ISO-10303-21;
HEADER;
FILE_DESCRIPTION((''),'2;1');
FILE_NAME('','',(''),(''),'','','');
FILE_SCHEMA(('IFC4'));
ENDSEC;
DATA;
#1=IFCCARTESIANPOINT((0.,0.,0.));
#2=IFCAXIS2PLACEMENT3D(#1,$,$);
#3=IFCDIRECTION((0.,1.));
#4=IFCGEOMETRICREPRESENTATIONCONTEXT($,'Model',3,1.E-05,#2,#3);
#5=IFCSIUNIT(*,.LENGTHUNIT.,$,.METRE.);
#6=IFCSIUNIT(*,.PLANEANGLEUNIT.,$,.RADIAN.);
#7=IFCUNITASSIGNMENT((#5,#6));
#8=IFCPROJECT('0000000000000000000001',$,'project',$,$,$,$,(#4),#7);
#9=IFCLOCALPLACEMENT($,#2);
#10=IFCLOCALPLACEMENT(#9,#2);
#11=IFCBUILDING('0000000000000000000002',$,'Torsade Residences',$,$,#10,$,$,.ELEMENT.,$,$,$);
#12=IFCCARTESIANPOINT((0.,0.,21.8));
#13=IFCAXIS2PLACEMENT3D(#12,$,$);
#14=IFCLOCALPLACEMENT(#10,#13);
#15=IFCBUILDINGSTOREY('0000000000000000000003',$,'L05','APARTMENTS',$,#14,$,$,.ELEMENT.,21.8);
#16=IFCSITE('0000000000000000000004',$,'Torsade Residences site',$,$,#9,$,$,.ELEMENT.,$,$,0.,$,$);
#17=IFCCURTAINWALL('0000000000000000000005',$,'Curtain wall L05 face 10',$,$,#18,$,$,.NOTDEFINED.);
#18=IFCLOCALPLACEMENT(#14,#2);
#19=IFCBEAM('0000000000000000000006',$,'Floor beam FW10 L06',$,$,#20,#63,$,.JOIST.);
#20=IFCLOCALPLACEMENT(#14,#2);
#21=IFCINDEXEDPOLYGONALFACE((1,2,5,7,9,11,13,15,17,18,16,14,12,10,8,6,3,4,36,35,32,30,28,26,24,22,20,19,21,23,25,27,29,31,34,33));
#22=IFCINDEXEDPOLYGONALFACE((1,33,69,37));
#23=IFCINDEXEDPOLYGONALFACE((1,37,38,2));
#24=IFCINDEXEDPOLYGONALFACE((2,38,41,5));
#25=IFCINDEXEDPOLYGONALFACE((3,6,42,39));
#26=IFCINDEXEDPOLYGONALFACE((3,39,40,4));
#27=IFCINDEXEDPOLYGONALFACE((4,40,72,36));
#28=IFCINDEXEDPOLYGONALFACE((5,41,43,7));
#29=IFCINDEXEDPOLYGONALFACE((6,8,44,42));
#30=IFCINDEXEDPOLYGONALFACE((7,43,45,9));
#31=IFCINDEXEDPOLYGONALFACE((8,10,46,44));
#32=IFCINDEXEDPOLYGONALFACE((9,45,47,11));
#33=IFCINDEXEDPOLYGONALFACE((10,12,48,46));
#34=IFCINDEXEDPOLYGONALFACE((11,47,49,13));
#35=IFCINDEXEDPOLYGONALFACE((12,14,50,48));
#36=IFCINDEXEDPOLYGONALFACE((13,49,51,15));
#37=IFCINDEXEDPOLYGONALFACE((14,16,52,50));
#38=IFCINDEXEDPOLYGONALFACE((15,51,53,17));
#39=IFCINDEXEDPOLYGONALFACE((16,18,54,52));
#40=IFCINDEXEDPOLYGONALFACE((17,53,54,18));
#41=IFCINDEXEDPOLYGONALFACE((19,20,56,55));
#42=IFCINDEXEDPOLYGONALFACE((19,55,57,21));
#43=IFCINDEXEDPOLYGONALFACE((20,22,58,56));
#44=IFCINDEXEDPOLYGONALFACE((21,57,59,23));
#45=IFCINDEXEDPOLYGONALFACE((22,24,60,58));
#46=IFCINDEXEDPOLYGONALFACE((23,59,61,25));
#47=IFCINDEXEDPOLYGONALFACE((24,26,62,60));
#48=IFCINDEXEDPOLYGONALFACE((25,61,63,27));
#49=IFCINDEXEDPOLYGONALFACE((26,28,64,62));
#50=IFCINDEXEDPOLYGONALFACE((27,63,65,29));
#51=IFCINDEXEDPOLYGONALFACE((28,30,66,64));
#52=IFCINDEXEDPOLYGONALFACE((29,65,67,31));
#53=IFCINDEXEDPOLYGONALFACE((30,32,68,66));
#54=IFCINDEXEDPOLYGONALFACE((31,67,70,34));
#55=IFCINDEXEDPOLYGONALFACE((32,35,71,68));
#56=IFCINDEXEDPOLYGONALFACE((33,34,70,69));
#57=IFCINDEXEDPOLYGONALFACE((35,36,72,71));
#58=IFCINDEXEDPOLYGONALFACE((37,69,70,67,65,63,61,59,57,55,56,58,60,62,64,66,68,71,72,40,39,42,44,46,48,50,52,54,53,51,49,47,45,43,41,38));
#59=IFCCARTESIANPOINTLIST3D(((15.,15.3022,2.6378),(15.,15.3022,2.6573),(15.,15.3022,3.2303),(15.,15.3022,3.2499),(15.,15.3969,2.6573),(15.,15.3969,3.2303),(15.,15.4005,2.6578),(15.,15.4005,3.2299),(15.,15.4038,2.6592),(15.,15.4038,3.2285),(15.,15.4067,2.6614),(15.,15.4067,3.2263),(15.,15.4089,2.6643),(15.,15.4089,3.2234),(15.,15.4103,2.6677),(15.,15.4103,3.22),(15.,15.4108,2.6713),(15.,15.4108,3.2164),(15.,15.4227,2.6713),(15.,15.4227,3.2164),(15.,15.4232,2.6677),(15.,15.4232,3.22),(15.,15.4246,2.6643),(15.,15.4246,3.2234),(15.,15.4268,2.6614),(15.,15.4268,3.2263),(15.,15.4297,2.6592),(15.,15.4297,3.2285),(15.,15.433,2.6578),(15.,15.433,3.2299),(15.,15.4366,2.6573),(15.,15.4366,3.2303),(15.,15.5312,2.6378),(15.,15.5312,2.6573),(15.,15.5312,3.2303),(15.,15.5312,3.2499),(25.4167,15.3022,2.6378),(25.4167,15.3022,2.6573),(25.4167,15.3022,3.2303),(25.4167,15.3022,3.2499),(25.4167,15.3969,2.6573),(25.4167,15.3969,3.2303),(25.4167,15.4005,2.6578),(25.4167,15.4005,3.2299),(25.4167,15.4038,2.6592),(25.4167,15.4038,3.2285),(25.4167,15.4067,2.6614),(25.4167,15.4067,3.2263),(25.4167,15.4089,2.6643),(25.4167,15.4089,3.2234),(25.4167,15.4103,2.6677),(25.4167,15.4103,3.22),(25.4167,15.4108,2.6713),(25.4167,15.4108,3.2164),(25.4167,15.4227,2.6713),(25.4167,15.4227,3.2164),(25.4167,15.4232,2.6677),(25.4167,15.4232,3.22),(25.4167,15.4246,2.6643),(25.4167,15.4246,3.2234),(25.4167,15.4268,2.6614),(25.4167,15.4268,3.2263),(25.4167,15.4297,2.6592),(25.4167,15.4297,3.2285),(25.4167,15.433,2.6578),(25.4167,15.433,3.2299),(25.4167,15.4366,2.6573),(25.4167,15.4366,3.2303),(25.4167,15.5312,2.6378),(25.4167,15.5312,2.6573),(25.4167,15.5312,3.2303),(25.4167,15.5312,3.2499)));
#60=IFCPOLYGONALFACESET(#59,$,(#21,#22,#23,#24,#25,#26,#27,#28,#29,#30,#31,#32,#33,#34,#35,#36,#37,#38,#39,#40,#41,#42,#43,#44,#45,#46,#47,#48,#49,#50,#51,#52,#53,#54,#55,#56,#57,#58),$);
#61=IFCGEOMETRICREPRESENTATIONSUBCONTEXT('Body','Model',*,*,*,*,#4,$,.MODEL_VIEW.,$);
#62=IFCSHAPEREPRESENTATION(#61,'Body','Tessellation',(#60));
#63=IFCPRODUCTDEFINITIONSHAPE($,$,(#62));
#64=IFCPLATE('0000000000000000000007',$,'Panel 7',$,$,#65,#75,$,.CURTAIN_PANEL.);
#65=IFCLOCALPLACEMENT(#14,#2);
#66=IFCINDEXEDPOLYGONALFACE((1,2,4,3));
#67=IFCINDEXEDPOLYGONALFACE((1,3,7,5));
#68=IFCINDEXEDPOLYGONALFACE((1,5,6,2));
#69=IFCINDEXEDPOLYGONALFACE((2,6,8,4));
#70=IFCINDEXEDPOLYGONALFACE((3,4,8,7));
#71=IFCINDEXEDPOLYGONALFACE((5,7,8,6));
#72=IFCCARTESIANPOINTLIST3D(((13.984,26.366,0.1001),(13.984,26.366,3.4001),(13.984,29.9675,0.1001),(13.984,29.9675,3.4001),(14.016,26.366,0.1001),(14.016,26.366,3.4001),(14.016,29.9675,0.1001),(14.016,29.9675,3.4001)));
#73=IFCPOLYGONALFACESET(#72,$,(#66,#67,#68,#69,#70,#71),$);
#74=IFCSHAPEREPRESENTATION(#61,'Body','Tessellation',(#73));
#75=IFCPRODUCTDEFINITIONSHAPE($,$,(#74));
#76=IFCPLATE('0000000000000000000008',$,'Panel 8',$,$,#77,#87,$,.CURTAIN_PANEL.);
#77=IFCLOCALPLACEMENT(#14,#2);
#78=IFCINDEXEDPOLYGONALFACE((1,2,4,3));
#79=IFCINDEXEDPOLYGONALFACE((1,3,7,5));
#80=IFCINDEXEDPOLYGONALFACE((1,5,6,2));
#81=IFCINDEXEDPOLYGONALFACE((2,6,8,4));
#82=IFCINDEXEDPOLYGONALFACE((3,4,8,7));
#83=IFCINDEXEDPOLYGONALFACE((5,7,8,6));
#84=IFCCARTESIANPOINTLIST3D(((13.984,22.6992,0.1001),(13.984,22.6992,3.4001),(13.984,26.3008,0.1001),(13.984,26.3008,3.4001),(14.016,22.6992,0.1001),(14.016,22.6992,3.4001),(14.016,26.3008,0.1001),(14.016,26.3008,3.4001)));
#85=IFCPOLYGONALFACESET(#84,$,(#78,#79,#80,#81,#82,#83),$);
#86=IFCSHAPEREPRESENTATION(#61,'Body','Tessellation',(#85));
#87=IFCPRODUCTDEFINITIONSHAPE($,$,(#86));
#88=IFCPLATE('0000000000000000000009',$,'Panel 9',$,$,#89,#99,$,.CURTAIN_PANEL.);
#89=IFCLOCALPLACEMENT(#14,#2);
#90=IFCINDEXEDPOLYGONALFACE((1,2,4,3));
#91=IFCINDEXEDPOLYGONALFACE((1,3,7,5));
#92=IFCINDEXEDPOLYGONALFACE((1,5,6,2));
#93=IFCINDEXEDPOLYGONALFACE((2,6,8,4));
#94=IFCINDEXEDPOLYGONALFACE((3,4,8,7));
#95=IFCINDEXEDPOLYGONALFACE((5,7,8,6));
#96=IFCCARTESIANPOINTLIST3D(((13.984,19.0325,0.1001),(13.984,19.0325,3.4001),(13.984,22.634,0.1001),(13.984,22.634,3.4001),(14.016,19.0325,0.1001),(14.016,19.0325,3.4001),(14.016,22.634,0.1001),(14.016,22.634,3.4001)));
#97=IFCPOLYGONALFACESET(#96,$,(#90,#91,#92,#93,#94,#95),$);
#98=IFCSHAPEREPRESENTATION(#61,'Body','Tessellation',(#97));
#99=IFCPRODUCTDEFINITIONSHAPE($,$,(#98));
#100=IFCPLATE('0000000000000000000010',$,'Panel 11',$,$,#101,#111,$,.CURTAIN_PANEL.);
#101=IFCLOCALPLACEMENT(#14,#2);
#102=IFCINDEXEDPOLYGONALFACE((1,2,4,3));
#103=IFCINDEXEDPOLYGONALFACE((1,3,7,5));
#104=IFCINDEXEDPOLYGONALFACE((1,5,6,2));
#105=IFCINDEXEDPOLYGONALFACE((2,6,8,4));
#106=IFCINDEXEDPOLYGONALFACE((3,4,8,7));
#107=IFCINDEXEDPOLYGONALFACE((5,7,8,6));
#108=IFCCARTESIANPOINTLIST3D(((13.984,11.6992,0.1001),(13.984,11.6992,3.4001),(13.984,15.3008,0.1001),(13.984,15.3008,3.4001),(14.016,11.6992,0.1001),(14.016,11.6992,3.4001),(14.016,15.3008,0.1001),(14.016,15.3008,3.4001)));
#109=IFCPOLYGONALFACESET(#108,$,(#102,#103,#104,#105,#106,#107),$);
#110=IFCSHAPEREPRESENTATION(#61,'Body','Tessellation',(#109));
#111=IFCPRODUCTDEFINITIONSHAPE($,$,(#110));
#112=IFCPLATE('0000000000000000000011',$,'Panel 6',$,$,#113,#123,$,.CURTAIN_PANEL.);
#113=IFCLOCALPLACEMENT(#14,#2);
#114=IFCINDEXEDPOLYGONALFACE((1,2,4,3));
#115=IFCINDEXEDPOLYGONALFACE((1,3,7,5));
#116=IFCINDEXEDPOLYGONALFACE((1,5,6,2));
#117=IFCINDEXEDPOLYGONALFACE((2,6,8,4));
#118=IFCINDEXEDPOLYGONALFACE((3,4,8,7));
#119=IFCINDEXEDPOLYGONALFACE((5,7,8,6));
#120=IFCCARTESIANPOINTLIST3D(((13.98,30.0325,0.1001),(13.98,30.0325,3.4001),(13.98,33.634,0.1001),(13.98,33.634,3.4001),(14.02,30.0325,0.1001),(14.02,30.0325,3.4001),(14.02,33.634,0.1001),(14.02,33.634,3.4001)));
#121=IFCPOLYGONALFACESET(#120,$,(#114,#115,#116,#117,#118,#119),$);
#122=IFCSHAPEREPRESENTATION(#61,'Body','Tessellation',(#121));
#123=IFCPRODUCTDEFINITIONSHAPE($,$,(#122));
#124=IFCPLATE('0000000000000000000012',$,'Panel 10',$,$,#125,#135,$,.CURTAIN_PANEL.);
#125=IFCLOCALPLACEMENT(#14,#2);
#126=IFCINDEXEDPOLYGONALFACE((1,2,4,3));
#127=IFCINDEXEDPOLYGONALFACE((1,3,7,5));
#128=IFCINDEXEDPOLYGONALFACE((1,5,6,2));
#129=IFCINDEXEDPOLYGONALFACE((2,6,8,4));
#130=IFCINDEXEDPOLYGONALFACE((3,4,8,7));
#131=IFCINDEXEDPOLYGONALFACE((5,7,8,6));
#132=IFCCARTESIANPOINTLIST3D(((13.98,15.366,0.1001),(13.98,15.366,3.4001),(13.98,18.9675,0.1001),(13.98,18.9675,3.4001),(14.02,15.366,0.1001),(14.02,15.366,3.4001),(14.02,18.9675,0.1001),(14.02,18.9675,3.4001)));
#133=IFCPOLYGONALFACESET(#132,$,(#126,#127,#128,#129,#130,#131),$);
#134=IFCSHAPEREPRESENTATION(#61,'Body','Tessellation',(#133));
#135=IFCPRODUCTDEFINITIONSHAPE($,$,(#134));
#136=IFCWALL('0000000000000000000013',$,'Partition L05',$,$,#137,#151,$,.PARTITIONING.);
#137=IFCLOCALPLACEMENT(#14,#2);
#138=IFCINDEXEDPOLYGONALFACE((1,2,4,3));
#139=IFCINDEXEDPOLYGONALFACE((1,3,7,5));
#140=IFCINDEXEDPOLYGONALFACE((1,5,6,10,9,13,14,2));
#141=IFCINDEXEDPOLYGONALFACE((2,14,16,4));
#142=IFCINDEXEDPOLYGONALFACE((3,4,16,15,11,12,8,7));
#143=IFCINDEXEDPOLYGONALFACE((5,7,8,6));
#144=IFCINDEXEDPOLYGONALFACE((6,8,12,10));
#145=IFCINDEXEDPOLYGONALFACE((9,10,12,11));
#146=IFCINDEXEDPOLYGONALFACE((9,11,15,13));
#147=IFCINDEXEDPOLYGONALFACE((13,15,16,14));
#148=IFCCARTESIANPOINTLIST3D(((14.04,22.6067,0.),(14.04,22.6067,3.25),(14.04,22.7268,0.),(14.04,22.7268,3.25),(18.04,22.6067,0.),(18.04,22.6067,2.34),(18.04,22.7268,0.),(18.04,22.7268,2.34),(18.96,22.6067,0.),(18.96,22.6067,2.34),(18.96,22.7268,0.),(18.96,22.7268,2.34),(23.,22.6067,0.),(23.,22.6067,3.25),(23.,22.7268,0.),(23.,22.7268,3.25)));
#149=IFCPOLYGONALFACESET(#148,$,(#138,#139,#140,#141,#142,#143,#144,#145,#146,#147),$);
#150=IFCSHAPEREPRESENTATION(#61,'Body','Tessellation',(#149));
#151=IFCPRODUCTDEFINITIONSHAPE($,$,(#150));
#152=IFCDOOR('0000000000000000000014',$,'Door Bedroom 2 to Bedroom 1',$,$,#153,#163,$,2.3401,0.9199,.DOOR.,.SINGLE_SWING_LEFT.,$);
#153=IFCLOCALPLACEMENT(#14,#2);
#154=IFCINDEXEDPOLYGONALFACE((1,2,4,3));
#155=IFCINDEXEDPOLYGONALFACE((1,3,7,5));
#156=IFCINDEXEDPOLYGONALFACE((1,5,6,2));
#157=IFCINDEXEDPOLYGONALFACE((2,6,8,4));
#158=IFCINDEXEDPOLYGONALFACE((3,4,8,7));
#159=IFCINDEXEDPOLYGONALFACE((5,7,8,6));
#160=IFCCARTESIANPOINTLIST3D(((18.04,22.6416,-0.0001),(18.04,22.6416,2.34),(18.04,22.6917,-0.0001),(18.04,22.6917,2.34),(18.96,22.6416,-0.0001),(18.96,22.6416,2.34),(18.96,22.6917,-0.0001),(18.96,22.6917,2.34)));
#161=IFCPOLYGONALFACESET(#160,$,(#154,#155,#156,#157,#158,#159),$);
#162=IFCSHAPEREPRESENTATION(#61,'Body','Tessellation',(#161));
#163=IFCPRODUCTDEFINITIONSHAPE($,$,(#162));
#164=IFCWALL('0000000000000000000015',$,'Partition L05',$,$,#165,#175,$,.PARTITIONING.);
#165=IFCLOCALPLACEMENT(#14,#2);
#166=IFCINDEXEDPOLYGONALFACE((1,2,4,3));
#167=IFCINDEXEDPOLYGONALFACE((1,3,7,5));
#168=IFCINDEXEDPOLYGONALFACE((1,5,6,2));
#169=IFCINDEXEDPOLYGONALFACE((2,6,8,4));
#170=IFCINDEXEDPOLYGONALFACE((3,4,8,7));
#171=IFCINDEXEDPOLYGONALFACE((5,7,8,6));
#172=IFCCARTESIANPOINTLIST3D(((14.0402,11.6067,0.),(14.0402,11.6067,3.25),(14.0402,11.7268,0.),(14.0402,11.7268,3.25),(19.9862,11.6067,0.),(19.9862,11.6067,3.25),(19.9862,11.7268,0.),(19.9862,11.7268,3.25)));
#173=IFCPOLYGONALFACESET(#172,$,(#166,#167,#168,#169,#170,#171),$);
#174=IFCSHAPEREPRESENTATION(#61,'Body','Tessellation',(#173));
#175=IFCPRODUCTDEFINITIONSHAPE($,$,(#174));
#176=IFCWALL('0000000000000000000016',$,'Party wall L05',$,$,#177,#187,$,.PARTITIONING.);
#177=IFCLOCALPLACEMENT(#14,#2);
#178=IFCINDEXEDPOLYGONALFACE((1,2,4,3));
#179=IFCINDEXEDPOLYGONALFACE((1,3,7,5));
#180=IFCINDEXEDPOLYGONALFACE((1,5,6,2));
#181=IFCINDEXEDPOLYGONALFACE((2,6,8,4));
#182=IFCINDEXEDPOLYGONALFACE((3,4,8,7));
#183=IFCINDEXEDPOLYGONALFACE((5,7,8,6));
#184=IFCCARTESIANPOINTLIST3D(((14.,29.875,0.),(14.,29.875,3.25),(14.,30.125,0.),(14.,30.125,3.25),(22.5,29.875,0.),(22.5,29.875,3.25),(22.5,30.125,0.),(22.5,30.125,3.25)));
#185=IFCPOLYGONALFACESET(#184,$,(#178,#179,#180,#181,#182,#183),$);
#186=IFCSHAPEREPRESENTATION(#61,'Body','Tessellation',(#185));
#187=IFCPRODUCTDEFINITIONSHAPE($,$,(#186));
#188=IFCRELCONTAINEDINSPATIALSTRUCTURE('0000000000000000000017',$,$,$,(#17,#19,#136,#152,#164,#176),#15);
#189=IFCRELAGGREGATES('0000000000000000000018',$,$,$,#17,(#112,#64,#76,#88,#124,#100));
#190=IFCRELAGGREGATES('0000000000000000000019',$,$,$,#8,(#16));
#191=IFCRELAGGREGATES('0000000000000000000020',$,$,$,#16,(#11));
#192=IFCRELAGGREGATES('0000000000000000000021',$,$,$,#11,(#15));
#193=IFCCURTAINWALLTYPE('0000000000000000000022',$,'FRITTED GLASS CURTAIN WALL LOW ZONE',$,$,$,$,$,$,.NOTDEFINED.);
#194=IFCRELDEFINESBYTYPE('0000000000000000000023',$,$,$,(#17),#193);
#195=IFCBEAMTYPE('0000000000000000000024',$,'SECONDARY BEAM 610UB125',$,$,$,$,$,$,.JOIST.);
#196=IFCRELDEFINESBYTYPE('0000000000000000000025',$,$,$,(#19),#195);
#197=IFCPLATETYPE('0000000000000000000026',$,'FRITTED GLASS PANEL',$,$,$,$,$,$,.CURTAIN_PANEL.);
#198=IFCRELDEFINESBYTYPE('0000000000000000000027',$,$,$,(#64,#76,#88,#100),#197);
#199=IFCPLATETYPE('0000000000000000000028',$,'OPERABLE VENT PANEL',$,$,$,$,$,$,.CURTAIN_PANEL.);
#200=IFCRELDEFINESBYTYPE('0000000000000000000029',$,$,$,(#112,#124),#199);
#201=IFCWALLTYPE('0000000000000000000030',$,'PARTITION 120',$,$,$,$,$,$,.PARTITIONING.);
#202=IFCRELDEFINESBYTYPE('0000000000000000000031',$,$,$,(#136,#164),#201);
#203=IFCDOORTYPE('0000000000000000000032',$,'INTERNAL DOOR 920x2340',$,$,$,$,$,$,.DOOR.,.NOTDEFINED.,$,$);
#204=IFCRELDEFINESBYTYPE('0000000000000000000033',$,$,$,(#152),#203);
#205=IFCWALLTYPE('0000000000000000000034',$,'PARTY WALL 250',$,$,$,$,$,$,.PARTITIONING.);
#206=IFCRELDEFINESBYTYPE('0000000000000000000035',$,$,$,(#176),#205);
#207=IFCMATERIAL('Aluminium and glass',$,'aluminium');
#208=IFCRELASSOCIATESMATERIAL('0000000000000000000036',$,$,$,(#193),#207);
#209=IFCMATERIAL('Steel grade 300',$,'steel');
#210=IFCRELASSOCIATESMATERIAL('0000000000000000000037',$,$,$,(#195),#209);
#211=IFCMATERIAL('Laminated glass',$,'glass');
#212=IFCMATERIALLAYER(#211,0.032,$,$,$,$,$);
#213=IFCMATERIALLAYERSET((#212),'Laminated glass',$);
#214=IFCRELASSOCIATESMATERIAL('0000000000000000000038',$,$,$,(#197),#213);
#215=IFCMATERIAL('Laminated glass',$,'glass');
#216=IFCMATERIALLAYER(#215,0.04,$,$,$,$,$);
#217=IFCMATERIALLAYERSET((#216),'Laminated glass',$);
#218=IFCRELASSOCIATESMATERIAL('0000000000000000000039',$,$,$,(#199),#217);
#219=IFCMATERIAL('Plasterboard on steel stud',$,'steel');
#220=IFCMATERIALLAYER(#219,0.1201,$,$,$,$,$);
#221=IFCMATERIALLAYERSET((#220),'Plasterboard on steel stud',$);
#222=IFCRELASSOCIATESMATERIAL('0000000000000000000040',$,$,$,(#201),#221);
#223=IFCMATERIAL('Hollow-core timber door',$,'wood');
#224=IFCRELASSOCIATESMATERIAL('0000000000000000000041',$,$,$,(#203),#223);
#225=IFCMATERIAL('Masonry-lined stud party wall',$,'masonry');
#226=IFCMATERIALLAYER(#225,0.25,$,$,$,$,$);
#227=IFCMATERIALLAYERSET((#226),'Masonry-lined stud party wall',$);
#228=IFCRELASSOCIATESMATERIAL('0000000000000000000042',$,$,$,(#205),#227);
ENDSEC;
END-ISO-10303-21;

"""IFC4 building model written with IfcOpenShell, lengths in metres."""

from ifc_helpers import new_model, si_unit, direction, frame, frame_2d, origin, origin_2d, place, context, subcontext, project, spatial, rectangle, i_section, extrude, material, layer, layer_set, material_profile, profile_set, type_object, element, fill, aggregate, save


model = new_model("IFC4")

# Units and contexts
model_context = context("Model", 3, precision=1e-05, world=origin(), true_north=direction((0.0, 1.0)))
body_context = subcontext(model_context, "Body", "Model", "MODEL_VIEW")
ifc_project = project(units=[si_unit("LENGTHUNIT", "METRE"), si_unit("PLANEANGLEUNIT", "RADIAN")], contexts=[model_context])

# Site, building, storey
site_placement = place(None, origin())
site = spatial("IfcSite", under=ifc_project, at=site_placement, Name="Torsade Residences site", CompositionType="ELEMENT", RefElevation=0.0)
building_placement = place(site_placement, origin())
building = spatial("IfcBuilding", under=site, at=building_placement, Name="Torsade Residences", CompositionType="ELEMENT")
storey_placement = place(building_placement, frame((0.0, 0.0, 21.8)))
storey = spatial("IfcBuildingStorey", under=building, at=storey_placement, Name="L05", Description="APARTMENTS", CompositionType="ELEMENT", Elevation=21.8)

# Curtain wall
ifc_material_1 = material(Name="Aluminium and glass", Category="aluminium")
curtain_wall_type = type_object("IfcCurtainWallType", Name="FRITTED GLASS CURTAIN WALL LOW ZONE", PredefinedType="NOTDEFINED", material=ifc_material_1)
curtain_wall_placement = place(storey_placement, origin())
curtain_wall = element("IfcCurtainWall", 1, at=curtain_wall_placement, inside=storey, type_object=curtain_wall_type, Name="Curtain wall L05 face 10", PredefinedType="NOTDEFINED")

# Beam
ifc_material_2 = material(Name="Steel grade 300", Category="steel")
ifc_material_profile_1 = material_profile(ifc_material_2, i_section(OverallWidth=0.229, OverallDepth=0.6121, WebThickness=0.012, FlangeThickness=0.0195, FilletRadius=0.0139, at=origin_2d()), Name="610UB125")
ifc_profile_set_1 = profile_set([ifc_material_profile_1], Name="Steel grade 300")
beam_type_1 = type_object("IfcBeamType", Name="SECONDARY BEAM 610UB125", PredefinedType="JOIST", material=ifc_profile_set_1)
beam_1_placement = place(storey_placement, frame((15.0, 15.4167, 2.9438), z_axis=(1.0, 0.0, 0.0), x_axis=(0.0, 1.0, 0.0)))
element("IfcBeam", 2, at=beam_1_placement, inside=storey, type_object=beam_type_1, Name="Floor beam FW10 L06", PredefinedType="JOIST", context=body_context, shape_type="SweptSolid", body=[
    extrude(i_section(OverallWidth=0.229, OverallDepth=0.6121, WebThickness=0.012, FlangeThickness=0.0195, FilletRadius=0.0139, at=origin_2d()), origin(), (0.0, 0.0, 1.0), 10.4167),
])

# Plates
ifc_material_3 = material(Name="Laminated glass", Category="glass")
ifc_layer_1 = layer(ifc_material_3, 0.032)
ifc_layer_set_1 = layer_set([ifc_layer_1], Name="Laminated glass")
plate_type_1 = type_object("IfcPlateType", Name="FRITTED GLASS PANEL", PredefinedType="CURTAIN_PANEL", material=ifc_layer_set_1)
plate_1_placement = place(storey_placement, frame((14.0, 28.1667, 0.1001), z_axis=(0.0, 0.0, 1.0), x_axis=(0.0, -1.0, 0.0)))
plate_1 = element("IfcPlate", 3, at=plate_1_placement, type_object=plate_type_1, Name="Panel 7", PredefinedType="CURTAIN_PANEL", context=body_context, shape_type="SweptSolid", body=[
    extrude(rectangle(XDim=3.6016, YDim=0.032, at=origin_2d()), origin(), (0.0, 0.0, 1.0), 3.3),
])
plate_2_placement = place(storey_placement, frame((14.0, 24.5, 0.1001), z_axis=(0.0, 0.0, 1.0), x_axis=(0.0, -1.0, 0.0)))
plate_2 = element("IfcPlate", 4, at=plate_2_placement, type_object=plate_type_1, Name="Panel 8", PredefinedType="CURTAIN_PANEL", context=body_context, shape_type="SweptSolid", body=[
    extrude(rectangle(XDim=3.6016, YDim=0.032, at=origin_2d()), origin(), (0.0, 0.0, 1.0), 3.3),
])
plate_3_placement = place(storey_placement, frame((14.0, 20.8333, 0.1001), z_axis=(0.0, 0.0, 1.0), x_axis=(0.0, -1.0, 0.0)))
plate_3 = element("IfcPlate", 5, at=plate_3_placement, type_object=plate_type_1, Name="Panel 9", PredefinedType="CURTAIN_PANEL", context=body_context, shape_type="SweptSolid", body=[
    extrude(rectangle(XDim=3.6016, YDim=0.032, at=origin_2d()), origin(), (0.0, 0.0, 1.0), 3.3),
])
plate_4_placement = place(storey_placement, frame((14.0, 13.5, 0.1001), z_axis=(0.0, 0.0, 1.0), x_axis=(0.0, -1.0, 0.0)))
plate_4 = element("IfcPlate", 6, at=plate_4_placement, type_object=plate_type_1, Name="Panel 11", PredefinedType="CURTAIN_PANEL", context=body_context, shape_type="SweptSolid", body=[
    extrude(rectangle(XDim=3.6016, YDim=0.032, at=origin_2d()), origin(), (0.0, 0.0, 1.0), 3.3),
])
ifc_material_4 = material(Name="Laminated glass", Category="glass")
ifc_layer_2 = layer(ifc_material_4, 0.04)
ifc_layer_set_2 = layer_set([ifc_layer_2], Name="Laminated glass")
plate_type_2 = type_object("IfcPlateType", Name="OPERABLE VENT PANEL", PredefinedType="CURTAIN_PANEL", material=ifc_layer_set_2)
plate_5_placement = place(storey_placement, frame((14.0, 31.8333, 0.1001), z_axis=(0.0, 0.0, 1.0), x_axis=(0.0, -1.0, 0.0)))
plate_5 = element("IfcPlate", 7, at=plate_5_placement, type_object=plate_type_2, Name="Panel 6", PredefinedType="CURTAIN_PANEL", context=body_context, shape_type="SweptSolid", body=[
    extrude(rectangle(XDim=3.6016, YDim=0.04, at=origin_2d()), origin(), (0.0, 0.0, 1.0), 3.3),
])
plate_6_placement = place(storey_placement, frame((14.0, 17.1667, 0.1001), z_axis=(0.0, 0.0, 1.0), x_axis=(0.0, -1.0, 0.0)))
plate_6 = element("IfcPlate", 8, at=plate_6_placement, type_object=plate_type_2, Name="Panel 10", PredefinedType="CURTAIN_PANEL", context=body_context, shape_type="SweptSolid", body=[
    extrude(rectangle(XDim=3.6016, YDim=0.04, at=origin_2d()), origin(), (0.0, 0.0, 1.0), 3.3),
])
aggregate(curtain_wall, [plate_5, plate_1, plate_2, plate_3, plate_6, plate_4])

# Wall, opening, door
ifc_material_5 = material(Name="Plasterboard on steel stud", Category="steel")
ifc_layer_3 = layer(ifc_material_5, 0.1201)
ifc_layer_set_3 = layer_set([ifc_layer_3], Name="Plasterboard on steel stud")
wall_type_1 = type_object("IfcWallType", Name="PARTITION 120", PredefinedType="PARTITIONING", material=ifc_layer_set_3)
wall_1_placement = place(storey_placement, frame((14.04, 22.6667, 0.0), z_axis=(0.0, 0.0, 1.0), x_axis=(1.0, 0.0, 0.0)))
wall_1 = element("IfcWall", 9, at=wall_1_placement, inside=storey, type_object=wall_type_1, Name="Partition L05", PredefinedType="PARTITIONING", context=body_context, shape_type="SweptSolid", body=[
    extrude(rectangle(XDim=8.96, YDim=0.1201, at=frame_2d((4.48, 0.0))), origin(), (0.0, 0.0, 1.0), 3.25),
])
opening_placement = place(wall_1_placement, frame((4.0, 0.0, 0.0)))
opening = element("IfcOpeningElement", 10, at=opening_placement, cuts=wall_1, PredefinedType="OPENING", context=body_context, shape_type="SweptSolid", body=[
    extrude(rectangle(XDim=0.9199, YDim=2.3401, at=frame_2d((0.46, 1.1699))), frame((0.0, 0.0701, 0.0), z_axis=(0.0, -1.0, 0.0), x_axis=(1.0, 0.0, 0.0)), (0.0, 0.0, 1.0), 0.1401),
])
ifc_material_6 = material(Name="Hollow-core timber door", Category="wood")
door_type = type_object("IfcDoorType", Name="INTERNAL DOOR 920x2340", OperationType="NOTDEFINED", PredefinedType="DOOR", material=ifc_material_6)
door_placement = place(opening_placement, origin())
door = element("IfcDoor", 11, at=door_placement, inside=storey, type_object=door_type, Name="Door Bedroom 2 to Bedroom 1", OperationType="SINGLE_SWING_LEFT", OverallHeight=2.3401, OverallWidth=0.9199, PredefinedType="DOOR", context=body_context, shape_type="SweptSolid", body=[
    extrude(rectangle(XDim=0.9199, YDim=2.3401, at=frame_2d((0.46, 1.1699))), frame((0.0, 0.0249, 0.0), z_axis=(0.0, -1.0, 0.0), x_axis=(1.0, 0.0, 0.0)), (0.0, 0.0, 1.0), 0.05),
])
fill(opening, door)

# Walls
wall_2_placement = place(storey_placement, frame((14.04, 11.6667, 0.0), z_axis=(0.0, 0.0, 1.0), x_axis=(1.0, 0.0, 0.0)))
element("IfcWall", 12, at=wall_2_placement, inside=storey, type_object=wall_type_1, Name="Partition L05", PredefinedType="PARTITIONING", context=body_context, shape_type="SweptSolid", body=[
    extrude(rectangle(XDim=5.946, YDim=0.1201, at=frame_2d((2.9731, 0.0))), origin(), (0.0, 0.0, 1.0), 3.25),
])
ifc_material_7 = material(Name="Masonry-lined stud party wall", Category="masonry")
ifc_layer_4 = layer(ifc_material_7, 0.25)
ifc_layer_set_4 = layer_set([ifc_layer_4], Name="Masonry-lined stud party wall")
wall_type_2 = type_object("IfcWallType", Name="PARTY WALL 250", PredefinedType="PARTITIONING", material=ifc_layer_set_4)
wall_3_placement = place(storey_placement, frame((14.0, 30.0, 0.0), z_axis=(0.0, 0.0, 1.0), x_axis=(1.0, 0.0, 0.0)))
element("IfcWall", 13, at=wall_3_placement, inside=storey, type_object=wall_type_2, Name="Party wall L05", PredefinedType="PARTITIONING", context=body_context, shape_type="SweptSolid", body=[
    extrude(rectangle(XDim=8.5, YDim=0.25, at=frame_2d((4.25, 0.0))), origin(), (0.0, 0.0, 1.0), 3.25),
])

save(model, "model.ifc")
